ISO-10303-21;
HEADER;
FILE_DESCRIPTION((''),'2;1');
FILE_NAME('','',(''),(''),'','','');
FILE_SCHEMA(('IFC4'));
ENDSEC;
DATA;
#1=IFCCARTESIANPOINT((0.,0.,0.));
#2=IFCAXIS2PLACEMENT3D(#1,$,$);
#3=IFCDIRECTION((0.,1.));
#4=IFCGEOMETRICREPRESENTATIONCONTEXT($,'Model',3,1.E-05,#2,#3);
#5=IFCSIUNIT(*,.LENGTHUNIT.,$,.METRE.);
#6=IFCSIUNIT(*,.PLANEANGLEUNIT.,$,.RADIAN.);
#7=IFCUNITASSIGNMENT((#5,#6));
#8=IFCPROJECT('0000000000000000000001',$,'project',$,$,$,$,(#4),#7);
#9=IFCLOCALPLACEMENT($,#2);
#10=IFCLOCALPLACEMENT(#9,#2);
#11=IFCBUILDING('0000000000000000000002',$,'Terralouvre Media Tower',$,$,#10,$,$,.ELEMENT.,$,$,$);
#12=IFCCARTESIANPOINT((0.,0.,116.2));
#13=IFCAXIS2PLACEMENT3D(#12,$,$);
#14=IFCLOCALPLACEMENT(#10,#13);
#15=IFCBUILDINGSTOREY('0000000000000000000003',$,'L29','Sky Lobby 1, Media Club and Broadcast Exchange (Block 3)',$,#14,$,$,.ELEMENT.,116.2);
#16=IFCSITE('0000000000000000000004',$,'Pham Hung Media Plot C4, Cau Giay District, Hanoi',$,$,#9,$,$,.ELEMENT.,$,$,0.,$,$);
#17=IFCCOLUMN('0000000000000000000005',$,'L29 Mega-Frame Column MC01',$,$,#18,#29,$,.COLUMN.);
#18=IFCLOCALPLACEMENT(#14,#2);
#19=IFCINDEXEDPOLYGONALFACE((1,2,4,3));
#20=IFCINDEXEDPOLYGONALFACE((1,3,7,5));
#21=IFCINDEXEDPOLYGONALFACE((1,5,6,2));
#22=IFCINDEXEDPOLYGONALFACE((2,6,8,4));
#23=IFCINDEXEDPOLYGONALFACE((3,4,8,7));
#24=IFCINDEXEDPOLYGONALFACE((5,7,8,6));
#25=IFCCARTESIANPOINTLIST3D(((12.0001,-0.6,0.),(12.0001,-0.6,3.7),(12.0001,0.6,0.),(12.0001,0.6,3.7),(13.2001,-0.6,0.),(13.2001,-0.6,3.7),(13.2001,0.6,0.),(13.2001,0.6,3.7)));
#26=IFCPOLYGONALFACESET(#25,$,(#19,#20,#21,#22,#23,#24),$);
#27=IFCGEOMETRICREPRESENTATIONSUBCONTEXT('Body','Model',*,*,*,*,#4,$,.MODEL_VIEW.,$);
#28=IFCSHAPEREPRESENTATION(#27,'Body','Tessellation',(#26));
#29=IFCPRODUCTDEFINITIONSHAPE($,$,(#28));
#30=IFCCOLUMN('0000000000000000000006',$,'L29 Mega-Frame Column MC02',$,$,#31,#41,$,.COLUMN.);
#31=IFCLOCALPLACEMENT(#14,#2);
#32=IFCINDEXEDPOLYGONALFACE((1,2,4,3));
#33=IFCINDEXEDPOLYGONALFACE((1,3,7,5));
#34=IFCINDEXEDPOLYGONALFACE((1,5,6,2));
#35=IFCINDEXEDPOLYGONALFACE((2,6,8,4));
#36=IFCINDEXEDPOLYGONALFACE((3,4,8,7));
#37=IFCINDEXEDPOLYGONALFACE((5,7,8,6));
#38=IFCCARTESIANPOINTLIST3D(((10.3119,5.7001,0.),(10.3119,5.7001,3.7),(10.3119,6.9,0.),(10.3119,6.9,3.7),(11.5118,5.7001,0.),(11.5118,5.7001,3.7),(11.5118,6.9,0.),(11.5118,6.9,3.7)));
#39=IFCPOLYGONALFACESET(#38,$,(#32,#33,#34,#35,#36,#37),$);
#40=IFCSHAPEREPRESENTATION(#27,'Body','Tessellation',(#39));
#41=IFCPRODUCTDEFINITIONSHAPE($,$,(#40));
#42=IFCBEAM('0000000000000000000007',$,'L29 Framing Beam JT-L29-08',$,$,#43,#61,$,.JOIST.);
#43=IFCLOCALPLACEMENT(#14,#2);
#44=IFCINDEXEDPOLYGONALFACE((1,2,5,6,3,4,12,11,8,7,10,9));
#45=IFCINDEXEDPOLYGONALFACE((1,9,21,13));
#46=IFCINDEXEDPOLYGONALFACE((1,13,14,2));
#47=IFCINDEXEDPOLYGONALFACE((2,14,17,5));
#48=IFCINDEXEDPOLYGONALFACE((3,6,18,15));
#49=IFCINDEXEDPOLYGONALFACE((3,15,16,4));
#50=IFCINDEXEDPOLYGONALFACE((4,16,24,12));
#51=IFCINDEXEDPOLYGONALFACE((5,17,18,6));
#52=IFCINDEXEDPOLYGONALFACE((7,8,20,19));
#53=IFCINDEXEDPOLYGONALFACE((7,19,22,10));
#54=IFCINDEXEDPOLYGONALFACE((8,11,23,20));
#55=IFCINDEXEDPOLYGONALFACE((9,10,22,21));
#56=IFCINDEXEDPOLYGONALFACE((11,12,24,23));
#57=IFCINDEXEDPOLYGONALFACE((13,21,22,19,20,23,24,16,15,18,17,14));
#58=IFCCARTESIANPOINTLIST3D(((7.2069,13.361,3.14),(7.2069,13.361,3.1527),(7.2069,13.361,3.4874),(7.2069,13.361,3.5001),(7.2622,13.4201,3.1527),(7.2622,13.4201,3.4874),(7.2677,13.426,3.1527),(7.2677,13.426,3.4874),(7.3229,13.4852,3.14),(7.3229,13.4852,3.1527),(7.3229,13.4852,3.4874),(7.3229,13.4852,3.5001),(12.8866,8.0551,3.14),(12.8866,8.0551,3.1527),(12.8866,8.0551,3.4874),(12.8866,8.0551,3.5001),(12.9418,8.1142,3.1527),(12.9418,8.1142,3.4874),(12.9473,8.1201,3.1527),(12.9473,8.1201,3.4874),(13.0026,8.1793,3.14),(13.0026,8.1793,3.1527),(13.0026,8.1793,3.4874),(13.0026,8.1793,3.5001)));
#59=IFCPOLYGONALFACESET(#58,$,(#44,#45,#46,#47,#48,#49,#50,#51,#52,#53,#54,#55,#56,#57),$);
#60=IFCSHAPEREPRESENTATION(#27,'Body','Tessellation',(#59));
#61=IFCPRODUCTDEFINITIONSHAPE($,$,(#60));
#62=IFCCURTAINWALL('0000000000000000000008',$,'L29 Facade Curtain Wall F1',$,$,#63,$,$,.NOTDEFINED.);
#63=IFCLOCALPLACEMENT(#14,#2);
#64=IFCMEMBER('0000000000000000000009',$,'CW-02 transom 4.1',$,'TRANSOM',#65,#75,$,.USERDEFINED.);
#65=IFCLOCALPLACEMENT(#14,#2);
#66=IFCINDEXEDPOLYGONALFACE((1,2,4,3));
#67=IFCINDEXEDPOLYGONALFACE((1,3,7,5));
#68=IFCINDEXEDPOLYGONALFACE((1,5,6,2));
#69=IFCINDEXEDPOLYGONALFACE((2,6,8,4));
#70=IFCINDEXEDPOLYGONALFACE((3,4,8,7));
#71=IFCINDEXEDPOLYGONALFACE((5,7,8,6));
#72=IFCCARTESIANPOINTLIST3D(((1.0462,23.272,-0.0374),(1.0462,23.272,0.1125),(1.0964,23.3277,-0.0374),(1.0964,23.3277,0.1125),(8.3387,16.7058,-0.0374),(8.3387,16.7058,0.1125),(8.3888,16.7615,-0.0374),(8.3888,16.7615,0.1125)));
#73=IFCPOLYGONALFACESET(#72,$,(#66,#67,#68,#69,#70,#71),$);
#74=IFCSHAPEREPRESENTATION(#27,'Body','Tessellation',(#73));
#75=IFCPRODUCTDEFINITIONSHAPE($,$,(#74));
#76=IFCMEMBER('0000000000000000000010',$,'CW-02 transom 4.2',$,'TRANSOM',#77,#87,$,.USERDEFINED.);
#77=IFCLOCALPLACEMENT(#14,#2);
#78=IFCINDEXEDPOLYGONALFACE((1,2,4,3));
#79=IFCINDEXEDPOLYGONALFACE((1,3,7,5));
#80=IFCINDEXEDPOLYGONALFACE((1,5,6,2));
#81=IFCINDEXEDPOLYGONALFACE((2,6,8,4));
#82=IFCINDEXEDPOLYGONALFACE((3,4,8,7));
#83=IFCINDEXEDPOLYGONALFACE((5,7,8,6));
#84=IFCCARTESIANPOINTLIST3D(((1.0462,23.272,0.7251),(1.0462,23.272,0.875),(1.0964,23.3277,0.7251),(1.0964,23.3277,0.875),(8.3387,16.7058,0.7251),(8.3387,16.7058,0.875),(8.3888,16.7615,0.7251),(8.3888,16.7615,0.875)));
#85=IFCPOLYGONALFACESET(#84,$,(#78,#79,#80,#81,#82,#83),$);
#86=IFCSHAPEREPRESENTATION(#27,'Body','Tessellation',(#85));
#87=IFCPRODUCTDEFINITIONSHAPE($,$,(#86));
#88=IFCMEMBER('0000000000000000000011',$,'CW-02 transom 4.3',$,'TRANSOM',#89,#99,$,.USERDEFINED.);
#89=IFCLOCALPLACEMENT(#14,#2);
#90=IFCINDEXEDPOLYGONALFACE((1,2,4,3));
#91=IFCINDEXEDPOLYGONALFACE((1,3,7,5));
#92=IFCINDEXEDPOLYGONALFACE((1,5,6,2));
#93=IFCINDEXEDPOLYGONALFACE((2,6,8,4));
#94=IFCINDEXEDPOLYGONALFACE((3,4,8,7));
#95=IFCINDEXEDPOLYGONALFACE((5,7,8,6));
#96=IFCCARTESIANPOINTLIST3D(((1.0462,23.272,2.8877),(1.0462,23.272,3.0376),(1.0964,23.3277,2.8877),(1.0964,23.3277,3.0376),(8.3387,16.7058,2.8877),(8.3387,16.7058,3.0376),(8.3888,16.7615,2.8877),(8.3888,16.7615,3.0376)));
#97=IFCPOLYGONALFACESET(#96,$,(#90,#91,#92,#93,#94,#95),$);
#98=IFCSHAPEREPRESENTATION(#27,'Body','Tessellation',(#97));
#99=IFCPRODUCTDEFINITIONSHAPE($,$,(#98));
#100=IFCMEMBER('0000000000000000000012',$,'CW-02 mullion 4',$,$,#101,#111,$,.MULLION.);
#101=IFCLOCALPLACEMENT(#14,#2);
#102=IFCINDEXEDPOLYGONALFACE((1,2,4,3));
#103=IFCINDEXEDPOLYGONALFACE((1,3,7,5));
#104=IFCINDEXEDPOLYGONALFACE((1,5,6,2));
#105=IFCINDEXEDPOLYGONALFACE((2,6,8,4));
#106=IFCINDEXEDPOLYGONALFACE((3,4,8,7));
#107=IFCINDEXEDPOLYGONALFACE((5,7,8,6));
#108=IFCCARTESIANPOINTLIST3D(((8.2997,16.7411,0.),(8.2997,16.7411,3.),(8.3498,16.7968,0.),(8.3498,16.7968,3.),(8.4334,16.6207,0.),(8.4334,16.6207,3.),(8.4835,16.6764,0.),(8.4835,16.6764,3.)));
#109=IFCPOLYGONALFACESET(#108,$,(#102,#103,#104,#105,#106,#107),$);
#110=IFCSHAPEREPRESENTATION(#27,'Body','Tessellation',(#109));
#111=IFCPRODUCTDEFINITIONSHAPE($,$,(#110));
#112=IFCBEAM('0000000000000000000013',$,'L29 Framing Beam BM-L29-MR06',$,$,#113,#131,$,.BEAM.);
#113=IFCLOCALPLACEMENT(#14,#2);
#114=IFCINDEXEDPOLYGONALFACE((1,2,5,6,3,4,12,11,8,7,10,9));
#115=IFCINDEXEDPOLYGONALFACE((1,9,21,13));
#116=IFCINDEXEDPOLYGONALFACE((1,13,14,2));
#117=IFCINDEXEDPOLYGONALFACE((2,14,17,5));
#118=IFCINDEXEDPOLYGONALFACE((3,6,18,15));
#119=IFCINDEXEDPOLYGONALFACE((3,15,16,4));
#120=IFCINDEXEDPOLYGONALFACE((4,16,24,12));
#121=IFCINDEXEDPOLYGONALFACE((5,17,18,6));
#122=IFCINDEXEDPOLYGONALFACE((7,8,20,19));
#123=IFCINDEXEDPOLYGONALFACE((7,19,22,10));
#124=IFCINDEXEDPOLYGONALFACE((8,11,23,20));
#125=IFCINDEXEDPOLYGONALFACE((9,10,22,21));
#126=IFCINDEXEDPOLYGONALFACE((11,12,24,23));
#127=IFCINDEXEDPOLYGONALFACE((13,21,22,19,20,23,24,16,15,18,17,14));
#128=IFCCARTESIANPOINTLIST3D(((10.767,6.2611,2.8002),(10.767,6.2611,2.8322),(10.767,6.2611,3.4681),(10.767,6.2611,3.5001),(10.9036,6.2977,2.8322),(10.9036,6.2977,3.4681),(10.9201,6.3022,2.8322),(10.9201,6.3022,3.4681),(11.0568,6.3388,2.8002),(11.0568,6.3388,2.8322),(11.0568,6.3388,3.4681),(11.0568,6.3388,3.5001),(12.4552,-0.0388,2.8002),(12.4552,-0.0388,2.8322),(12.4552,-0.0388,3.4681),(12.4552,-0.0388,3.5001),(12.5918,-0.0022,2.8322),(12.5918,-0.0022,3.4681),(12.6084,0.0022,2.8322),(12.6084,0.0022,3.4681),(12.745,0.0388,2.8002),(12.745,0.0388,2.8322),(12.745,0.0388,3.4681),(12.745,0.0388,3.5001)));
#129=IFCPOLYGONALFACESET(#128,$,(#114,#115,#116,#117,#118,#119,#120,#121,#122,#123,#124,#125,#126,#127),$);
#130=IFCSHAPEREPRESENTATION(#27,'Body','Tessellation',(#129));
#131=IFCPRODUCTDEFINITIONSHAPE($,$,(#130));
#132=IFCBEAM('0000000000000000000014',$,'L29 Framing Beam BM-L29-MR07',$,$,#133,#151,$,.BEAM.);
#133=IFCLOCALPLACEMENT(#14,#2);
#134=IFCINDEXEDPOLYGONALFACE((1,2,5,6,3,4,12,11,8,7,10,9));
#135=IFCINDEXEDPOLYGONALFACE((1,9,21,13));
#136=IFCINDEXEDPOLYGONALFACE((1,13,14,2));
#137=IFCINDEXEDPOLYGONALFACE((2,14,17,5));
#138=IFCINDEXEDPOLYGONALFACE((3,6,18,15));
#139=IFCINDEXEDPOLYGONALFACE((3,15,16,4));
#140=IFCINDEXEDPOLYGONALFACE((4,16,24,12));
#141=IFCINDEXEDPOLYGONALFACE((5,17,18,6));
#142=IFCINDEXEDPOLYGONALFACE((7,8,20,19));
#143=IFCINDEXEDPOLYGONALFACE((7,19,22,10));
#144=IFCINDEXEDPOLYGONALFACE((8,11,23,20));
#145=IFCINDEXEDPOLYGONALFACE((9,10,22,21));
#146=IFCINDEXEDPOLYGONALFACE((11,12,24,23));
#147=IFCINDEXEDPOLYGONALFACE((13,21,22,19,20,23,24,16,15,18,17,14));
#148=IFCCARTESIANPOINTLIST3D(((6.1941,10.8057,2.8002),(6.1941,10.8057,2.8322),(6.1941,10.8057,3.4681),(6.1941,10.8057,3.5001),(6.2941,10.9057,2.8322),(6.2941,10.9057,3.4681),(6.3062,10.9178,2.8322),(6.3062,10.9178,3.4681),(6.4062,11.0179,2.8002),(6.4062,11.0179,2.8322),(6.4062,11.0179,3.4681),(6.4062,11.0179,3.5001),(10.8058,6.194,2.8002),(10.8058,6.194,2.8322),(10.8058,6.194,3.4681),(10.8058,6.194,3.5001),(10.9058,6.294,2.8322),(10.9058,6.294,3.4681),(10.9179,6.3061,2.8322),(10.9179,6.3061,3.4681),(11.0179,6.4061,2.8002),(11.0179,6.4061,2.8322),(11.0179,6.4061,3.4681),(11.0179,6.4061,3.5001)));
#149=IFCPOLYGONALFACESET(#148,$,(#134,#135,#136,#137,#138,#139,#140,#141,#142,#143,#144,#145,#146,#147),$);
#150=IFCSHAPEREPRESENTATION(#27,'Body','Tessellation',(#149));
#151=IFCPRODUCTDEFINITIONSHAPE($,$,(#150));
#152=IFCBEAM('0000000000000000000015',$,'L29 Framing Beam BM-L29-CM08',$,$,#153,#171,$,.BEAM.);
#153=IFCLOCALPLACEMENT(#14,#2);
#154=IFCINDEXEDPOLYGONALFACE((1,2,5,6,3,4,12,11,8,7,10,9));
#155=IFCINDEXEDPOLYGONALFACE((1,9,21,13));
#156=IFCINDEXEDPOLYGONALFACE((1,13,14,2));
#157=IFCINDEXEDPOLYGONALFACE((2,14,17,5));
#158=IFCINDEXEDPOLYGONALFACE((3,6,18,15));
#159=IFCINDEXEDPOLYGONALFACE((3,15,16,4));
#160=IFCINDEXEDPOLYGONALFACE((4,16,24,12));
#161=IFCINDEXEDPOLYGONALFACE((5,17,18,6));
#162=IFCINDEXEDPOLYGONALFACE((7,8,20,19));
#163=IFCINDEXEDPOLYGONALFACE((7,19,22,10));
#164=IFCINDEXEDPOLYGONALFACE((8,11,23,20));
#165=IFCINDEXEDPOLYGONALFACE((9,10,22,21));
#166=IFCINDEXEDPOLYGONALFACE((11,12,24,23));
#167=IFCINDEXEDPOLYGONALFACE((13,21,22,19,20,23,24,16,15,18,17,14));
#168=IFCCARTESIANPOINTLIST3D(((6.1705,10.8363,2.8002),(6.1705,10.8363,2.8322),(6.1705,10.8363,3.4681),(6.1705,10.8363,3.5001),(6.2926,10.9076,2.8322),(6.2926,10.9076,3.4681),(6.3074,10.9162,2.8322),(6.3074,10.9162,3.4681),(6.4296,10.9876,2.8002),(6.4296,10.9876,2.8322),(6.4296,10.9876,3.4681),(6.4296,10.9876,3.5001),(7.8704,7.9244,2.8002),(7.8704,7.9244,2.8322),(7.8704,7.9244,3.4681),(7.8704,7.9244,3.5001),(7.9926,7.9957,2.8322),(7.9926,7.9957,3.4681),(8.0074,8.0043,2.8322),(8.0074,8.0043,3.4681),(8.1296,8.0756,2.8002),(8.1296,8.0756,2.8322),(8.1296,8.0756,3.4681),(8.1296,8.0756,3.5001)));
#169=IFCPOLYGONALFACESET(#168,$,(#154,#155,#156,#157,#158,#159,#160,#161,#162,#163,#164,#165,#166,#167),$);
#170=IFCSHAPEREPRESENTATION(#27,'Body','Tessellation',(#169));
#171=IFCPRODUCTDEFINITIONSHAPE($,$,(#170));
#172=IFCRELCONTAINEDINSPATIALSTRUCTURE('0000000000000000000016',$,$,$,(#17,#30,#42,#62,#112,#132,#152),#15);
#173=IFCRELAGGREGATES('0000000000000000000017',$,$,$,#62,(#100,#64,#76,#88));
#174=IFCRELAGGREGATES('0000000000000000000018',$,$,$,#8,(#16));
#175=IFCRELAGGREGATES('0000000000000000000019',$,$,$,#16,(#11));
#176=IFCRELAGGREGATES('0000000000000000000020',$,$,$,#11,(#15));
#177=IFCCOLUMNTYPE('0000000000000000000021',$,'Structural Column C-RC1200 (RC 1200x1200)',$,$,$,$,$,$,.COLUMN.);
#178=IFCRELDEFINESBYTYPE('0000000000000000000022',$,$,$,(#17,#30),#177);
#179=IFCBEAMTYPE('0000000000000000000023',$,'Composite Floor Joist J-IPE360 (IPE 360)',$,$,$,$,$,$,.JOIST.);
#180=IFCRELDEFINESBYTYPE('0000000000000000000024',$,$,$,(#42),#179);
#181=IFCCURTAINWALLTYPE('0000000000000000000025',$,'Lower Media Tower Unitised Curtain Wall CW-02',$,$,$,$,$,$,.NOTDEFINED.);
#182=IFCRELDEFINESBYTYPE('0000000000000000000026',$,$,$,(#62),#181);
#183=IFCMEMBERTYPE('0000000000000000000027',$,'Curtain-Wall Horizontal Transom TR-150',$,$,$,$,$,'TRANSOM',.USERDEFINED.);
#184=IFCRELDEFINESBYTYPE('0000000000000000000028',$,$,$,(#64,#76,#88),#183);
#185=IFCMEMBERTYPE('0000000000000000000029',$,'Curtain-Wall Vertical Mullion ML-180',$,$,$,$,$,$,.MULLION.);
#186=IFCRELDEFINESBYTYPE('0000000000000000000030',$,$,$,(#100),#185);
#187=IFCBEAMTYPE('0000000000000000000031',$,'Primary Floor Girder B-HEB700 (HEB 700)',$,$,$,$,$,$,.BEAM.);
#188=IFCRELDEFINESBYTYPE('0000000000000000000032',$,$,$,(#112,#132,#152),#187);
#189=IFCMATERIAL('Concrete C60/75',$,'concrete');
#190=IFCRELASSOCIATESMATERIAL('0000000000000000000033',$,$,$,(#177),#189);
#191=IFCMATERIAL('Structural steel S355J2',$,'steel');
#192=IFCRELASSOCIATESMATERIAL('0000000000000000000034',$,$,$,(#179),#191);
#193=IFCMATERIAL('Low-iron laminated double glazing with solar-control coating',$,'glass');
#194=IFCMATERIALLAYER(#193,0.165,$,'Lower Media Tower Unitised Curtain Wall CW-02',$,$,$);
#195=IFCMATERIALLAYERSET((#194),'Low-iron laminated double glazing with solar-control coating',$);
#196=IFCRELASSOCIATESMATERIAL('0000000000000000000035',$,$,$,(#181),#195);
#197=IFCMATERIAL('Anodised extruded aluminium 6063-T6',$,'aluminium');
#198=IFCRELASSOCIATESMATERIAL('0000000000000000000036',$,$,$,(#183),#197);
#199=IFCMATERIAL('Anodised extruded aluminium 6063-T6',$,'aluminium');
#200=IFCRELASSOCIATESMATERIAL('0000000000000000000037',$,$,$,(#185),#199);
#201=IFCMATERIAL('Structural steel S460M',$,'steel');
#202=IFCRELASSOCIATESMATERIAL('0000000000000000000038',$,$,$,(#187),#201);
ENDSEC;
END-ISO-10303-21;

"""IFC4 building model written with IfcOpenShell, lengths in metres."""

from ifc_helpers import new_model, si_unit, direction, frame, origin, origin_2d, place, context, subcontext, project, spatial, rectangle, i_section, extrude, material, layer, layer_set, material_profile, profile_set, type_object, element, aggregate, save


model = new_model("IFC4")

# Units and contexts
model_context = context("Model", 3, precision=1e-05, world=origin(), true_north=direction((0.0, 1.0)))
body_context = subcontext(model_context, "Body", "Model", "MODEL_VIEW")
ifc_project = project(units=[si_unit("LENGTHUNIT", "METRE"), si_unit("PLANEANGLEUNIT", "RADIAN")], contexts=[model_context])

# Site, building, storey
site_placement = place(None, origin())
site = spatial("IfcSite", under=ifc_project, at=site_placement, Name="Pham Hung Media Plot C4, Cau Giay District, Hanoi", CompositionType="ELEMENT", RefElevation=0.0)
building_placement = place(site_placement, origin())
building = spatial("IfcBuilding", under=site, at=building_placement, Name="Terralouvre Media Tower", CompositionType="ELEMENT")
storey_placement = place(building_placement, frame((0.0, 0.0, 116.2)))
storey = spatial("IfcBuildingStorey", under=building, at=storey_placement, Name="L29", Description="Sky Lobby 1, Media Club and Broadcast Exchange (Block 3)", CompositionType="ELEMENT", Elevation=116.2)

# Columns
ifc_material_1 = material(Name="Concrete C60/75", Category="concrete")
ifc_material_profile_1 = material_profile(ifc_material_1, rectangle(XDim=1.2, YDim=1.2, at=origin_2d()), Name="RC 1200x1200")
ifc_profile_set_1 = profile_set([ifc_material_profile_1], Name="Concrete C60/75")
column_type = type_object("IfcColumnType", Name="Structural Column C-RC1200 (RC 1200x1200)", PredefinedType="COLUMN", material=ifc_profile_set_1)
for number, where, z_axis, x_axis, name in (
    (1, (12.6001, 0.0, 0.0), (0.0, 0.0, 1.0), (1.0, 0.0, 0.0), "L29 Mega-Frame Column MC01"),
    (2, (10.9119, 6.3, 0.0), (0.0, 0.0, 1.0), (1.0, 0.0, 0.0), "L29 Mega-Frame Column MC02"),
):
    element("IfcColumn", number, at=place(storey_placement, frame(where, z_axis=z_axis, x_axis=x_axis)), inside=storey, type_object=column_type, Name=name, PredefinedType="COLUMN", context=body_context, shape_type="SweptSolid", body=[
        extrude(rectangle(XDim=1.2, YDim=1.2, at=origin_2d()), origin(), (0.0, 0.0, 1.0), 3.7),
    ])

# Beam
ifc_material_2 = material(Name="Structural steel S355J2", Category="steel")
ifc_material_profile_2 = material_profile(ifc_material_2, i_section(OverallWidth=0.1699, OverallDepth=0.3601, WebThickness=0.0081, FlangeThickness=0.0127, at=origin_2d()), Name="IPE 360")
ifc_profile_set_2 = profile_set([ifc_material_profile_2], Name="Structural steel S355J2")
beam_type_1 = type_object("IfcBeamType", Name="Composite Floor Joist J-IPE360 (IPE 360)", PredefinedType="JOIST", material=ifc_profile_set_2)
beam_1_placement = place(storey_placement, frame((12.9446, 8.1172, 3.3201), z_axis=(-0.730743, 0.682653, 0.0), x_axis=(-0.682653, -0.730743, 0.0)))
element("IfcBeam", 3, at=beam_1_placement, inside=storey, type_object=beam_type_1, Name="L29 Framing Beam JT-L29-08", PredefinedType="JOIST", context=body_context, shape_type="SweptSolid", body=[
    extrude(i_section(OverallWidth=0.1699, OverallDepth=0.3601, WebThickness=0.0081, FlangeThickness=0.0127, at=origin_2d()), origin(), (0.0, 0.0, 1.0), 7.7725),
])

# Curtain wall, members
ifc_material_3 = material(Name="Low-iron laminated double glazing with solar-control coating", Category="glass")
ifc_layer_1 = layer(ifc_material_3, 0.165, Name="Lower Media Tower Unitised Curtain Wall CW-02")
ifc_layer_set_1 = layer_set([ifc_layer_1], Name="Low-iron laminated double glazing with solar-control coating")
curtain_wall_type = type_object("IfcCurtainWallType", Name="Lower Media Tower Unitised Curtain Wall CW-02", PredefinedType="NOTDEFINED", material=ifc_layer_set_1)
curtain_wall_placement = place(storey_placement, origin())
curtain_wall = element("IfcCurtainWall", 4, at=curtain_wall_placement, inside=storey, type_object=curtain_wall_type, Name="L29 Facade Curtain Wall F1", PredefinedType="NOTDEFINED")
ifc_material_4 = material(Name="Anodised extruded aluminium 6063-T6", Category="aluminium")
ifc_material_profile_3 = material_profile(ifc_material_4, rectangle(XDim=0.075, YDim=0.1499, at=origin_2d()), Name="ALU 75x150")
ifc_profile_set_3 = profile_set([ifc_material_profile_3], Name="Anodised extruded aluminium 6063-T6")
member_type_1 = type_object("IfcMemberType", Name="Curtain-Wall Horizontal Transom TR-150", ElementType="TRANSOM", PredefinedType="USERDEFINED", material=ifc_profile_set_3)
member_1_placement = place(storey_placement, frame((8.3638, 16.7336, 0.0376), z_axis=(-0.743146, 0.66913, 0.0), x_axis=(-0.66913, -0.743146, 0.0)))
member_1 = element("IfcMember", 5, at=member_1_placement, type_object=member_type_1, Name="CW-02 transom 4.1", ObjectType="TRANSOM", PredefinedType="USERDEFINED", context=body_context, shape_type="SweptSolid", body=[
    extrude(rectangle(XDim=0.075, YDim=0.1499, at=origin_2d()), origin(), (0.0, 0.0, 1.0), 9.813),
])
member_2_placement = place(storey_placement, frame((8.3638, 16.7336, 0.8), z_axis=(-0.743146, 0.66913, 0.0), x_axis=(-0.66913, -0.743146, 0.0)))
member_2 = element("IfcMember", 6, at=member_2_placement, type_object=member_type_1, Name="CW-02 transom 4.2", ObjectType="TRANSOM", PredefinedType="USERDEFINED", context=body_context, shape_type="SweptSolid", body=[
    extrude(rectangle(XDim=0.075, YDim=0.1499, at=origin_2d()), origin(), (0.0, 0.0, 1.0), 9.813),
])
member_3_placement = place(storey_placement, frame((8.3638, 16.7336, 2.9626), z_axis=(-0.743146, 0.66913, 0.0), x_axis=(-0.66913, -0.743146, 0.0)))
member_3 = element("IfcMember", 7, at=member_3_placement, type_object=member_type_1, Name="CW-02 transom 4.3", ObjectType="TRANSOM", PredefinedType="USERDEFINED", context=body_context, shape_type="SweptSolid", body=[
    extrude(rectangle(XDim=0.075, YDim=0.1499, at=origin_2d()), origin(), (0.0, 0.0, 1.0), 9.813),
])
ifc_material_5 = material(Name="Anodised extruded aluminium 6063-T6", Category="aluminium")
ifc_material_profile_4 = material_profile(ifc_material_5, rectangle(XDim=0.075, YDim=0.1799, at=origin_2d()), Name="ALU 75x180")
ifc_profile_set_4 = profile_set([ifc_material_profile_4], Name="Anodised extruded aluminium 6063-T6")
member_type_2 = type_object("IfcMemberType", Name="Curtain-Wall Vertical Mullion ML-180", PredefinedType="MULLION", material=ifc_profile_set_4)
member_4_placement = place(storey_placement, frame((8.3916, 16.7087, 0.0), z_axis=(0.0, 0.0, 1.0), x_axis=(-0.669131, -0.743145, 0.0)))
member_4 = element("IfcMember", 8, at=member_4_placement, type_object=member_type_2, Name="CW-02 mullion 4", PredefinedType="MULLION", context=body_context, shape_type="SweptSolid", body=[
    extrude(rectangle(XDim=0.075, YDim=0.1799, at=origin_2d()), origin(), (0.0, 0.0, 1.0), 3.0),
])

# Beams
ifc_material_6 = material(Name="Structural steel S460M", Category="steel")
ifc_material_profile_5 = material_profile(ifc_material_6, i_section(OverallWidth=0.3, OverallDepth=0.7, WebThickness=0.0171, FlangeThickness=0.032, at=origin_2d()), Name="HEB 700")
ifc_profile_set_5 = profile_set([ifc_material_profile_5], Name="Structural steel S460M")
beam_type_2 = type_object("IfcBeamType", Name="Primary Floor Girder B-HEB700 (HEB 700)", PredefinedType="BEAM", material=ifc_profile_set_5)
beam_2_placement = place(storey_placement, frame((12.6001, 0.0, 3.1501), z_axis=(-0.258839, 0.96592, 0.0), x_axis=(-0.96592, -0.258839, 0.0)))
element("IfcBeam", 9, at=beam_2_placement, inside=storey, type_object=beam_type_2, Name="L29 Framing Beam BM-L29-MR06", PredefinedType="BEAM", context=body_context, shape_type="SweptSolid", body=[
    extrude(i_section(OverallWidth=0.3, OverallDepth=0.7, WebThickness=0.0171, FlangeThickness=0.032, at=origin_2d()), origin(), (0.0, 0.0, 1.0), 6.5222),
])
beam_3_placement = place(storey_placement, frame((10.9119, 6.3, 3.1501), z_axis=(-0.707107, 0.707107, 0.0), x_axis=(-0.707107, -0.707107, 0.0)))
element("IfcBeam", 10, at=beam_3_placement, inside=storey, type_object=beam_type_2, Name="L29 Framing Beam BM-L29-MR07", PredefinedType="BEAM", context=body_context, shape_type="SweptSolid", body=[
    extrude(i_section(OverallWidth=0.3, OverallDepth=0.7, WebThickness=0.0171, FlangeThickness=0.032, at=origin_2d()), origin(), (0.0, 0.0, 1.0), 6.522),
])
beam_4_placement = place(storey_placement, frame((8.0, 8.0, 3.1501), z_axis=(-0.504173, 0.863603, 0.0), x_axis=(-0.863603, -0.504173, 0.0)))
element("IfcBeam", 11, at=beam_4_placement, inside=storey, type_object=beam_type_2, Name="L29 Framing Beam BM-L29-CM08", PredefinedType="BEAM", context=body_context, shape_type="SweptSolid", body=[
    extrude(i_section(OverallWidth=0.3, OverallDepth=0.7, WebThickness=0.0171, FlangeThickness=0.032, at=origin_2d()), origin(), (0.0, 0.0, 1.0), 3.3718),
])

aggregate(curtain_wall, [member_4, member_1, member_2, member_3])

save(model, "model.ifc")
